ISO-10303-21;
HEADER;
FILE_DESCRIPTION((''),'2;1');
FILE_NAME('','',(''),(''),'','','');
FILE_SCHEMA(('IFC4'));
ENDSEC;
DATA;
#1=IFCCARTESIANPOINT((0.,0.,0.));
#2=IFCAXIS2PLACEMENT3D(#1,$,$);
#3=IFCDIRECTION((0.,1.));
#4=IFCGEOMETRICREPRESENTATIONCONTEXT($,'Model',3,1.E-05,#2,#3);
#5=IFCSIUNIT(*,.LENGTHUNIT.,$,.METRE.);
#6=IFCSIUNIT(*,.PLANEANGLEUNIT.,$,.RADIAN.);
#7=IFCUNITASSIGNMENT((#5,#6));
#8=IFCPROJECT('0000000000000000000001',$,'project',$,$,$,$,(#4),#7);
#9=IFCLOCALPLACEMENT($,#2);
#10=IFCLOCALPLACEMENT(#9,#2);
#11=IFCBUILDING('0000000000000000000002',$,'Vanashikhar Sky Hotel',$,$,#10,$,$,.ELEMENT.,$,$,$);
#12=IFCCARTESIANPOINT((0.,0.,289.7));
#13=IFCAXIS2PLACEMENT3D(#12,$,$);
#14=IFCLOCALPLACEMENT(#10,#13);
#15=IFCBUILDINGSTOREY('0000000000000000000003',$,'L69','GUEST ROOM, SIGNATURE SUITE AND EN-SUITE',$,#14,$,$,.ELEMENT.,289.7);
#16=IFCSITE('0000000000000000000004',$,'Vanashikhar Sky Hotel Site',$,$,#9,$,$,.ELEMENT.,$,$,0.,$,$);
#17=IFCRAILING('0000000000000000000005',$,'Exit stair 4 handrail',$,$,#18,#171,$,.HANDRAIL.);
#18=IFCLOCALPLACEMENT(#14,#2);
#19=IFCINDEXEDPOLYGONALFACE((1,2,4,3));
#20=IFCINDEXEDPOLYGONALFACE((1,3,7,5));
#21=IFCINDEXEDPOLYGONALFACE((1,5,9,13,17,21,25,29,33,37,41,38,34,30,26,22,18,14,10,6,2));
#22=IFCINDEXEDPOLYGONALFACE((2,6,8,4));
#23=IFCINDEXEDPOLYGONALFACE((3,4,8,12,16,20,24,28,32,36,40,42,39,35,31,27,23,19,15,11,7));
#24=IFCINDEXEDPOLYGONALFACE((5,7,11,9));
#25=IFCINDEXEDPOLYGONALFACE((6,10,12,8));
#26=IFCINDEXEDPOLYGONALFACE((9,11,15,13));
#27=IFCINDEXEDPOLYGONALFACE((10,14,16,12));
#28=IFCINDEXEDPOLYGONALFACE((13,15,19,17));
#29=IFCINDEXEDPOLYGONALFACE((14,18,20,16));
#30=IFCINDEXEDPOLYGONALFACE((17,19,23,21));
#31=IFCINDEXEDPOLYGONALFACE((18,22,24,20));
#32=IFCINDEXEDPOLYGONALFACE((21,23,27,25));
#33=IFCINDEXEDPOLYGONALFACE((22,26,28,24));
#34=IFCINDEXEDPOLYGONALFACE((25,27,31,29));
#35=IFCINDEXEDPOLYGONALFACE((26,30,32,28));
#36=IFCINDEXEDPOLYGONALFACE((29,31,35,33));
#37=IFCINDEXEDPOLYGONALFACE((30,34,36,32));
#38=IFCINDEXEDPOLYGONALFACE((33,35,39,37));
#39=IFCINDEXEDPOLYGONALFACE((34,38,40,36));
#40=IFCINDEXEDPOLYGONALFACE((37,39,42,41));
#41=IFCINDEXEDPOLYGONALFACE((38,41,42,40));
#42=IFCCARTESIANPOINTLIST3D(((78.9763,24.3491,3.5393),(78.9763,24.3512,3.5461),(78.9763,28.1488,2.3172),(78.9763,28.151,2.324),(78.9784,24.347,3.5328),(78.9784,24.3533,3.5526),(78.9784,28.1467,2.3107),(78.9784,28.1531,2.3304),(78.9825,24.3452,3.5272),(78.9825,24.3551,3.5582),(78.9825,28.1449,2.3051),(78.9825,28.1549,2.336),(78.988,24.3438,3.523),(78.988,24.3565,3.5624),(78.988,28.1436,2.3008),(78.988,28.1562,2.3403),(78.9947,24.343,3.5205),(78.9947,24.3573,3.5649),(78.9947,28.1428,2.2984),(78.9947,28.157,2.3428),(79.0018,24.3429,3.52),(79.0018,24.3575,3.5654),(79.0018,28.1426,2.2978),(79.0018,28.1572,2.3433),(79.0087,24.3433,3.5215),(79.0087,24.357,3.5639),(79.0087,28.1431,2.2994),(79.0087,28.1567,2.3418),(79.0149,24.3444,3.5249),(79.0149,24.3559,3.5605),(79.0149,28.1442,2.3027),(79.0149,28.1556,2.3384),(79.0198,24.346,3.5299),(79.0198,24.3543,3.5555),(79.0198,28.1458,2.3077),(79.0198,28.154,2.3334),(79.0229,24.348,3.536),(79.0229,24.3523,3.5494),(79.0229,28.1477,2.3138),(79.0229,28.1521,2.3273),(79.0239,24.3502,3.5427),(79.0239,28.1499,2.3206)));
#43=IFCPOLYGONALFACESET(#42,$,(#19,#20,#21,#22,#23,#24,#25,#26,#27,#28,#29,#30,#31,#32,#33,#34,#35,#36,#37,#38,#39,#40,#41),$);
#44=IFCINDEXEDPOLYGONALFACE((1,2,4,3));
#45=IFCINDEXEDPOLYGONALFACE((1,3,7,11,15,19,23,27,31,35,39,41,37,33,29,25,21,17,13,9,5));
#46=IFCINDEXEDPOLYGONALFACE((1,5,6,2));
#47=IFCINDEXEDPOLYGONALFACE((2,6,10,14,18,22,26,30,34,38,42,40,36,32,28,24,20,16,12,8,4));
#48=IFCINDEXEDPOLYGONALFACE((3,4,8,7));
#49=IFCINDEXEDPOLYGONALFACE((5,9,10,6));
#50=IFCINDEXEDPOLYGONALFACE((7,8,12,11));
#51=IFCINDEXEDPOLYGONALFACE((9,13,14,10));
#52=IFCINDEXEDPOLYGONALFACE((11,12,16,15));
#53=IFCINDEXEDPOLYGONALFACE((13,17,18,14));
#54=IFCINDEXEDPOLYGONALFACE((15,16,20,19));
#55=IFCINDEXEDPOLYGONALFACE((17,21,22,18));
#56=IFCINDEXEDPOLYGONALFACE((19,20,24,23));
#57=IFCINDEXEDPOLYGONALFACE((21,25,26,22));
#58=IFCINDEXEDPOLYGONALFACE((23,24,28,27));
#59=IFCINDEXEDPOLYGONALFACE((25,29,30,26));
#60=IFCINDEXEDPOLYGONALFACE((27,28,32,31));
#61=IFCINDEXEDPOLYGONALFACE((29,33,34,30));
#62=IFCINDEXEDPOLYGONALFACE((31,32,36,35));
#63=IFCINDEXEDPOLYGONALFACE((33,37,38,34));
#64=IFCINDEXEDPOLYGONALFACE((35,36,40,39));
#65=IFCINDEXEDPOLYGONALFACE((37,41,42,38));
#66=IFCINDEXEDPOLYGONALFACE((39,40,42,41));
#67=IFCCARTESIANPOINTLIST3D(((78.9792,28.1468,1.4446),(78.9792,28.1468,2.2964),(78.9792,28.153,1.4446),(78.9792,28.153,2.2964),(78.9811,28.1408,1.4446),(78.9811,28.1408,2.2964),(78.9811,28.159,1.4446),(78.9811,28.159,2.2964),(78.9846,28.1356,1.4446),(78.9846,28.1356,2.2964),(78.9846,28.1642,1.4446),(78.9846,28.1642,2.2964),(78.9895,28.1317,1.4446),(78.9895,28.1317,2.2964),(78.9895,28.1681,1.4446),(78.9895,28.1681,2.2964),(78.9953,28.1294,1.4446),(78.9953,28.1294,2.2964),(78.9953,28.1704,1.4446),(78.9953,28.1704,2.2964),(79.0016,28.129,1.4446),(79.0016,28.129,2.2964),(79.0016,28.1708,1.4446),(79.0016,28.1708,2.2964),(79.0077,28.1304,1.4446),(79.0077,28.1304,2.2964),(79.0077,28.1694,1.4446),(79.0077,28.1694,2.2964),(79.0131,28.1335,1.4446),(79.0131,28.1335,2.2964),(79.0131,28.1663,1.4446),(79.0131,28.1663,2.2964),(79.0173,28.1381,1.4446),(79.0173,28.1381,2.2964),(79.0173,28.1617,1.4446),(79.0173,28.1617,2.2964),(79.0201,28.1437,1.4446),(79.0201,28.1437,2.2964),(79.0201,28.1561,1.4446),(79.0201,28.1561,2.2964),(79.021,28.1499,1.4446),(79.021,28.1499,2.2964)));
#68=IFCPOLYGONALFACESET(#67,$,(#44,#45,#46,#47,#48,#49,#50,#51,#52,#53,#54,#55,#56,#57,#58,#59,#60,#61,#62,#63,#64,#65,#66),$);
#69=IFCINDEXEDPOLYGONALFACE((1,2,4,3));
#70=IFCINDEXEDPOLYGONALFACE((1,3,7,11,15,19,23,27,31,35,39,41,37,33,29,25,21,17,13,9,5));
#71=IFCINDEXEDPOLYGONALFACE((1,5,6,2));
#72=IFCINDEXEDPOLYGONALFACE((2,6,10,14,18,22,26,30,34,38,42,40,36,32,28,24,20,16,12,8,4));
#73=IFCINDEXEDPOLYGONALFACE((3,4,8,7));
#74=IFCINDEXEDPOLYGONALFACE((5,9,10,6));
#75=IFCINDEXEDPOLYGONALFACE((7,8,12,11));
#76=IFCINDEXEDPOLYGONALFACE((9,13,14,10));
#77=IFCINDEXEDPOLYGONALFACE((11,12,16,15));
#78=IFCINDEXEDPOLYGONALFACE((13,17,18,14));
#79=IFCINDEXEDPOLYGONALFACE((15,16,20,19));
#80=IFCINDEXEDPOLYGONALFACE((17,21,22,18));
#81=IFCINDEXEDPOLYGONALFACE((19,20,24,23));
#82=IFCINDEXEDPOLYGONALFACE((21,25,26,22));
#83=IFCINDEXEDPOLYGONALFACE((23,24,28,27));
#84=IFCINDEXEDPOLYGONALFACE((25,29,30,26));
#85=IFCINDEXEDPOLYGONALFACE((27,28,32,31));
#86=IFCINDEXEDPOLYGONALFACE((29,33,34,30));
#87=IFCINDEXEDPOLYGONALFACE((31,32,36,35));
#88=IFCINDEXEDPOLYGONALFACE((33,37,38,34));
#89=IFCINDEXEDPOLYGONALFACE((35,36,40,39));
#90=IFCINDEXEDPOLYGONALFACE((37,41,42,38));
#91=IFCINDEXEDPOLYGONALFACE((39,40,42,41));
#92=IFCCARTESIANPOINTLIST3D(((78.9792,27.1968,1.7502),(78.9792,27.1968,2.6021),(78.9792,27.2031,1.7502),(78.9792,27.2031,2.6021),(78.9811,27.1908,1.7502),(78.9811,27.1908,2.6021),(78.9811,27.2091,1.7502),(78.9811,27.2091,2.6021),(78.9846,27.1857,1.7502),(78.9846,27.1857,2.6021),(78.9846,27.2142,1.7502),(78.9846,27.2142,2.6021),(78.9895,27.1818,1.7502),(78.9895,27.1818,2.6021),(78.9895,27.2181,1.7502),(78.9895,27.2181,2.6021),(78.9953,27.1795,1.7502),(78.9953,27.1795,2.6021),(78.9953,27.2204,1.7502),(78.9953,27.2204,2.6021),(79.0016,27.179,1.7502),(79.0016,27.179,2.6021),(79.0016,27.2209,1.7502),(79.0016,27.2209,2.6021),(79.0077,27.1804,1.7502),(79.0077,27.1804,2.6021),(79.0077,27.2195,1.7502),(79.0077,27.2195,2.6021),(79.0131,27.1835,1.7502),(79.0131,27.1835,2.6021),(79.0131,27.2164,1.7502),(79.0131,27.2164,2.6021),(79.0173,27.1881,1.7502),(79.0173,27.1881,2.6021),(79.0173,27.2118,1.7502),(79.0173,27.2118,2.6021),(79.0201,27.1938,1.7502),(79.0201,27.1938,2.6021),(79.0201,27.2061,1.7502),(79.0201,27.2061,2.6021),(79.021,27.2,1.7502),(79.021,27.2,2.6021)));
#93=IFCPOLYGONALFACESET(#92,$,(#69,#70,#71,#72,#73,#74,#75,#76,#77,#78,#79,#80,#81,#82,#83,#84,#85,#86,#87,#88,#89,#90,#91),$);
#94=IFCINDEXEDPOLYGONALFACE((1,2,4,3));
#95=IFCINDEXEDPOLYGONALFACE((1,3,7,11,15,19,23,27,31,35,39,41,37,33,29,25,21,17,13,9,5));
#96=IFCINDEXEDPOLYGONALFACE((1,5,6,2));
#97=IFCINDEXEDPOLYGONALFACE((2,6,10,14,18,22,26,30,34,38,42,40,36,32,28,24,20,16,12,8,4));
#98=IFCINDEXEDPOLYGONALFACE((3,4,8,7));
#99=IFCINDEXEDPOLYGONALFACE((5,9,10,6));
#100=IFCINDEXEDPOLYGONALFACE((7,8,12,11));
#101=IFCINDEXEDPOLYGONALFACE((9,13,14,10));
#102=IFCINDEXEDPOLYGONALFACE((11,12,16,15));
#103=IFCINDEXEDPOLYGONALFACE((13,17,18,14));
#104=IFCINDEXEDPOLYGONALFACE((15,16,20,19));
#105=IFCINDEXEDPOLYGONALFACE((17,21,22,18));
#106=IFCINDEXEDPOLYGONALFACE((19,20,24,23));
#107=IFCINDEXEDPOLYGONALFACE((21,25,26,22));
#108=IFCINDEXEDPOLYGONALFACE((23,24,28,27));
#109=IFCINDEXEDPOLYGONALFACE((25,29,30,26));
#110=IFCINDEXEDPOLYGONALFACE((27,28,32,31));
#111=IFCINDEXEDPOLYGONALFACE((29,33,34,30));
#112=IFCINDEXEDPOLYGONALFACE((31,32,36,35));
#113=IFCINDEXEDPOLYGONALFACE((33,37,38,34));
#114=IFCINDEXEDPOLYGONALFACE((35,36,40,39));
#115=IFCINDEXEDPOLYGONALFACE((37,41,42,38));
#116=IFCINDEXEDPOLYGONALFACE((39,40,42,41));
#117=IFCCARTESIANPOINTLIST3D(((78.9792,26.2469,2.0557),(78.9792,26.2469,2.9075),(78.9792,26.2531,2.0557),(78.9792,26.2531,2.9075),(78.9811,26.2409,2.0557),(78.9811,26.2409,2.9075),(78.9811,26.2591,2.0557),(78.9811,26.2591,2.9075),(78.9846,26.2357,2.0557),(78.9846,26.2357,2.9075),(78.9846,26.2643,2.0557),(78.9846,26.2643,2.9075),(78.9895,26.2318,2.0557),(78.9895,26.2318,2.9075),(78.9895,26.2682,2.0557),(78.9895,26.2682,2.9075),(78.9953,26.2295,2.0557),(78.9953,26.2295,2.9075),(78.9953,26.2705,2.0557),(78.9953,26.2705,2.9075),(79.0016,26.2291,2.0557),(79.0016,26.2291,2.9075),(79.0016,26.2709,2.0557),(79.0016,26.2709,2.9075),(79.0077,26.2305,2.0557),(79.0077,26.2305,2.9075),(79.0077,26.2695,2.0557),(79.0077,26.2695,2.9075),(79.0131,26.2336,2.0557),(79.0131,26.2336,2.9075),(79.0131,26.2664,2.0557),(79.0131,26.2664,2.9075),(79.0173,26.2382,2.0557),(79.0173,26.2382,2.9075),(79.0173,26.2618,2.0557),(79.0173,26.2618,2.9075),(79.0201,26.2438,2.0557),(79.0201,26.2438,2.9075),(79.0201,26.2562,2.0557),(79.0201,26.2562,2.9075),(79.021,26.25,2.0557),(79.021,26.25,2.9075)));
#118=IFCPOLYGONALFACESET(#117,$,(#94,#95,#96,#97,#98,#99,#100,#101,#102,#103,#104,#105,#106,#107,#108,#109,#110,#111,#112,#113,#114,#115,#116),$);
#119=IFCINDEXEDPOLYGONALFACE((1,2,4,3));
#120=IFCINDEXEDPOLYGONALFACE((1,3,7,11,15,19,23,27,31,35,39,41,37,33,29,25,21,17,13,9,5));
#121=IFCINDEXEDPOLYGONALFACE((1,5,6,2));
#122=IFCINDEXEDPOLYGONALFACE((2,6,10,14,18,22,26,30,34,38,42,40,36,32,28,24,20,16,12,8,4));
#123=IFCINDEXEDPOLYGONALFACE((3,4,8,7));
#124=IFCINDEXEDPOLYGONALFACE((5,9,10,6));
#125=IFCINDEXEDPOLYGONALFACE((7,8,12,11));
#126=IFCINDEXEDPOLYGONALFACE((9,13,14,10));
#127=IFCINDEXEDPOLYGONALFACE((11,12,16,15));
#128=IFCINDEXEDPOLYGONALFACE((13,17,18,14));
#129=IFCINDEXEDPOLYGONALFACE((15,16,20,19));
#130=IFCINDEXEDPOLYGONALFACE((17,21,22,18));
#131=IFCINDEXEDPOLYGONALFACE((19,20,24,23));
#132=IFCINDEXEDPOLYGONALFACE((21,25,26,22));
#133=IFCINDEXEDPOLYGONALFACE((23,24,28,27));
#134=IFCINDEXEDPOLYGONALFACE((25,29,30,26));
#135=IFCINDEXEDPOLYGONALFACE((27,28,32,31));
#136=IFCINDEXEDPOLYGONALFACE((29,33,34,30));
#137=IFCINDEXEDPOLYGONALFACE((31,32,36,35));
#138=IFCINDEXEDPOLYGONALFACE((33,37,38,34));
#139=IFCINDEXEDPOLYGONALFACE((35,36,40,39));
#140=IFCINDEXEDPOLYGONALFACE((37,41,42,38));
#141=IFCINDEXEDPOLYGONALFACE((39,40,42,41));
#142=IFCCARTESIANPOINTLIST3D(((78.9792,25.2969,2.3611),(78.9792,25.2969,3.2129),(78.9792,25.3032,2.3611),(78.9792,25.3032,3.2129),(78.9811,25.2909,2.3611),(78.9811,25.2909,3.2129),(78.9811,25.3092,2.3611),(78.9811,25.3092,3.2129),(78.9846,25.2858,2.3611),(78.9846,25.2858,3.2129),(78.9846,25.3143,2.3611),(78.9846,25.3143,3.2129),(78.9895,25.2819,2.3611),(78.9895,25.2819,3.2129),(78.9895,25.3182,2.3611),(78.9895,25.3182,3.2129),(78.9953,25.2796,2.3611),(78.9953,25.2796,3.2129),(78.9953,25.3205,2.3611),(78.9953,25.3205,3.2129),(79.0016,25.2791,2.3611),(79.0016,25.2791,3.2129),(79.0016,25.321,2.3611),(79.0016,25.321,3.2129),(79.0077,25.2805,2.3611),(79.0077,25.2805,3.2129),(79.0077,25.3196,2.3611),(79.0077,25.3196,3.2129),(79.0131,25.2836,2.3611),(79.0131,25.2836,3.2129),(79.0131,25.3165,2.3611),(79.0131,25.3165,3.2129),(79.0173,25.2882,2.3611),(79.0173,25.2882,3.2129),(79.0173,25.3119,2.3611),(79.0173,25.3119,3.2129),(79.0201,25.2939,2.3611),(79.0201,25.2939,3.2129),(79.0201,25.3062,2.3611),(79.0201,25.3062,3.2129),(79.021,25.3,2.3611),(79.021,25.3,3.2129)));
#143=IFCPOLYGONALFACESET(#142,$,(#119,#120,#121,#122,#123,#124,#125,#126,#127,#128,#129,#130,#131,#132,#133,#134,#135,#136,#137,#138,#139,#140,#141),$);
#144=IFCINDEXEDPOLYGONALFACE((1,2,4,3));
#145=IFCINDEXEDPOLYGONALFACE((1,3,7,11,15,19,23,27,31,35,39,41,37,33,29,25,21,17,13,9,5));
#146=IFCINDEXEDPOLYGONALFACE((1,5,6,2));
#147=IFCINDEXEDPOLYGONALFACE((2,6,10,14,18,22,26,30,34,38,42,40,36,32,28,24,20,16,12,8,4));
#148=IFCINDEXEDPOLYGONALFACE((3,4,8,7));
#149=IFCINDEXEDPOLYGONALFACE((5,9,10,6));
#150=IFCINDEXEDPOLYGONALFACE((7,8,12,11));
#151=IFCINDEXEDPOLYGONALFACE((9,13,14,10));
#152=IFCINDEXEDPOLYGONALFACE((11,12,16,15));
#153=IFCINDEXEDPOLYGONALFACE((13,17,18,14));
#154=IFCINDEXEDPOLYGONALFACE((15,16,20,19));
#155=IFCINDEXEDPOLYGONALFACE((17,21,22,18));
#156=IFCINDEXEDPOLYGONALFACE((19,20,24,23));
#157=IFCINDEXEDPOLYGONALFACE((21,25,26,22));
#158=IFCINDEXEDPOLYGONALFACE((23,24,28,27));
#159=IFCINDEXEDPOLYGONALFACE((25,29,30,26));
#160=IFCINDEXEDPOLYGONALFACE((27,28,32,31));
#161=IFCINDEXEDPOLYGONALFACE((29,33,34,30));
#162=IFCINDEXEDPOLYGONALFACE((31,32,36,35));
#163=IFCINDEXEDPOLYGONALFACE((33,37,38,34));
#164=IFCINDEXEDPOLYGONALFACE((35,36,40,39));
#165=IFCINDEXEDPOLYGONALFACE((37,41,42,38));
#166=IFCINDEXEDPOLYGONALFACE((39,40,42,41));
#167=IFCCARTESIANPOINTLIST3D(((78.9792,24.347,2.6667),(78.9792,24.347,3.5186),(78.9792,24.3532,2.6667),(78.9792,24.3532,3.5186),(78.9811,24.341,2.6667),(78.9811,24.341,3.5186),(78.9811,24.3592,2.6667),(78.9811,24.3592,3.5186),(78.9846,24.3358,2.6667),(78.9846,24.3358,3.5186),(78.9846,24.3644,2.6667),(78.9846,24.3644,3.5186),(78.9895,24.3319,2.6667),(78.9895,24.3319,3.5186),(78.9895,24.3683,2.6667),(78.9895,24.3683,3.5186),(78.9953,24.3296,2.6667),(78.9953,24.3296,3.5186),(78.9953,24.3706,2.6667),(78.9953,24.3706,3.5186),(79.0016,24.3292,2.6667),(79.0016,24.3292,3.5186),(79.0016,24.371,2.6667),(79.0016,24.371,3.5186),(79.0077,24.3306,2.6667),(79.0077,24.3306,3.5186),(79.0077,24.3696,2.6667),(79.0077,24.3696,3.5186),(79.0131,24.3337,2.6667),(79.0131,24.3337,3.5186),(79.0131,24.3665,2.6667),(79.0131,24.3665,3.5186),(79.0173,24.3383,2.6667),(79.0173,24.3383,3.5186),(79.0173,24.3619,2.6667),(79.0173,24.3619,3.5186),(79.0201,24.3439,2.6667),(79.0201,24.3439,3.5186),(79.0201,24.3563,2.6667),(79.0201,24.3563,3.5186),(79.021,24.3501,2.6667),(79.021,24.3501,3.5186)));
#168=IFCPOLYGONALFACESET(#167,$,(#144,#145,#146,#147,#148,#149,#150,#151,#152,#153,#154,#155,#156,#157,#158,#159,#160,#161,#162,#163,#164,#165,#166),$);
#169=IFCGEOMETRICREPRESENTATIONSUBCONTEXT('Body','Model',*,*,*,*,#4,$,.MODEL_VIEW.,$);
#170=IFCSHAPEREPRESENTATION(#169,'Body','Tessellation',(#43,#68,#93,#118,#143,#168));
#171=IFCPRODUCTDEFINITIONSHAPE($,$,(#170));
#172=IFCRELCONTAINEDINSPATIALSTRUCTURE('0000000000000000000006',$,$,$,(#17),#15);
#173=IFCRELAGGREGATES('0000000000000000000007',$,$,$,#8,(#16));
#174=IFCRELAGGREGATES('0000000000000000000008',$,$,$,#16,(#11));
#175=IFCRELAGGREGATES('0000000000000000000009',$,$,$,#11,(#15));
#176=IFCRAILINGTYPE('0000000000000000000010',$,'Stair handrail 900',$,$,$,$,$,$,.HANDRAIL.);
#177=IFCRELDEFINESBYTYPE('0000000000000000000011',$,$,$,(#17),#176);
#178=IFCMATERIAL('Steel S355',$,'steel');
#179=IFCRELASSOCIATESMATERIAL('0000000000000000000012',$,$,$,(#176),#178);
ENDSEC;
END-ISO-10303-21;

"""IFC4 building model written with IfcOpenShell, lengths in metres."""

from ifc_helpers import new_model, si_unit, direction, frame, origin, origin_2d, place, context, subcontext, project, spatial, circle, extrude, source, transform, mapped, material, type_object, element, save


model = new_model("IFC4")

# Units and contexts
model_context = context("Model", 3, precision=1e-05, world=origin(), true_north=direction((0.0, 1.0)))
body_context = subcontext(model_context, "Body", "Model", "MODEL_VIEW")
ifc_project = project(units=[si_unit("LENGTHUNIT", "METRE"), si_unit("PLANEANGLEUNIT", "RADIAN")], contexts=[model_context])

# Site, building, storey
site_placement = place(None, origin())
site = spatial("IfcSite", under=ifc_project, at=site_placement, Name="Vanashikhar Sky Hotel Site", CompositionType="ELEMENT", RefElevation=0.0)
building_placement = place(site_placement, origin())
building = spatial("IfcBuilding", under=site, at=building_placement, Name="Vanashikhar Sky Hotel", CompositionType="ELEMENT")
storey_placement = place(building_placement, frame((0.0, 0.0, 289.7)))
storey = spatial("IfcBuildingStorey", under=building, at=storey_placement, Name="L69", Description="GUEST ROOM, SIGNATURE SUITE AND EN-SUITE", CompositionType="ELEMENT", Elevation=289.7)

# Railing
ifc_material_1 = material(Name="Steel S355", Category="steel")
railing_type_1 = type_object("IfcRailingType", Name="Stair handrail 900", PredefinedType="HANDRAIL", material=ifc_material_1)
shared_shape_1 = source(origin(), body_context, "Body", "SweptSolid", [
    extrude(circle(Radius=0.0239, at=origin_2d()), frame((0.0, 0.0, 0.876), z_axis=(0.0, -0.95197, 0.306191), x_axis=(1.0, 0.0, 0.0)), (0.0, 0.0, 1.0), 3.9915),
    extrude(circle(Radius=0.021, at=origin_2d()), origin(), (0.0, 0.0, 1.0), 0.8518),
    extrude(circle(Radius=0.021, at=origin_2d()), frame((0.0, -0.95, 0.3057)), (0.0, 0.0, 1.0), 0.8518),
    extrude(circle(Radius=0.021, at=origin_2d()), frame((0.0, -1.8999, 0.6111)), (0.0, 0.0, 1.0), 0.8518),
    extrude(circle(Radius=0.021, at=origin_2d()), frame((0.0, -2.8499, 0.9165)), (0.0, 0.0, 1.0), 0.8518),
    extrude(circle(Radius=0.021, at=origin_2d()), frame((0.0, -3.7998, 1.2222)), (0.0, 0.0, 1.0), 0.8518),
])
railing_1_placement = place(storey_placement, frame((79.0, 28.1499, 1.4446)))
element("IfcRailing", 1, at=railing_1_placement, inside=storey, type_object=railing_type_1, Name="Exit stair 4 handrail", PredefinedType="HANDRAIL", context=body_context, shape_type="MappedRepresentation", body=[
    mapped(shared_shape_1, transform((0.0, 0.0, 0.0), scale=1.0)),
])

save(model, "model.ifc")
